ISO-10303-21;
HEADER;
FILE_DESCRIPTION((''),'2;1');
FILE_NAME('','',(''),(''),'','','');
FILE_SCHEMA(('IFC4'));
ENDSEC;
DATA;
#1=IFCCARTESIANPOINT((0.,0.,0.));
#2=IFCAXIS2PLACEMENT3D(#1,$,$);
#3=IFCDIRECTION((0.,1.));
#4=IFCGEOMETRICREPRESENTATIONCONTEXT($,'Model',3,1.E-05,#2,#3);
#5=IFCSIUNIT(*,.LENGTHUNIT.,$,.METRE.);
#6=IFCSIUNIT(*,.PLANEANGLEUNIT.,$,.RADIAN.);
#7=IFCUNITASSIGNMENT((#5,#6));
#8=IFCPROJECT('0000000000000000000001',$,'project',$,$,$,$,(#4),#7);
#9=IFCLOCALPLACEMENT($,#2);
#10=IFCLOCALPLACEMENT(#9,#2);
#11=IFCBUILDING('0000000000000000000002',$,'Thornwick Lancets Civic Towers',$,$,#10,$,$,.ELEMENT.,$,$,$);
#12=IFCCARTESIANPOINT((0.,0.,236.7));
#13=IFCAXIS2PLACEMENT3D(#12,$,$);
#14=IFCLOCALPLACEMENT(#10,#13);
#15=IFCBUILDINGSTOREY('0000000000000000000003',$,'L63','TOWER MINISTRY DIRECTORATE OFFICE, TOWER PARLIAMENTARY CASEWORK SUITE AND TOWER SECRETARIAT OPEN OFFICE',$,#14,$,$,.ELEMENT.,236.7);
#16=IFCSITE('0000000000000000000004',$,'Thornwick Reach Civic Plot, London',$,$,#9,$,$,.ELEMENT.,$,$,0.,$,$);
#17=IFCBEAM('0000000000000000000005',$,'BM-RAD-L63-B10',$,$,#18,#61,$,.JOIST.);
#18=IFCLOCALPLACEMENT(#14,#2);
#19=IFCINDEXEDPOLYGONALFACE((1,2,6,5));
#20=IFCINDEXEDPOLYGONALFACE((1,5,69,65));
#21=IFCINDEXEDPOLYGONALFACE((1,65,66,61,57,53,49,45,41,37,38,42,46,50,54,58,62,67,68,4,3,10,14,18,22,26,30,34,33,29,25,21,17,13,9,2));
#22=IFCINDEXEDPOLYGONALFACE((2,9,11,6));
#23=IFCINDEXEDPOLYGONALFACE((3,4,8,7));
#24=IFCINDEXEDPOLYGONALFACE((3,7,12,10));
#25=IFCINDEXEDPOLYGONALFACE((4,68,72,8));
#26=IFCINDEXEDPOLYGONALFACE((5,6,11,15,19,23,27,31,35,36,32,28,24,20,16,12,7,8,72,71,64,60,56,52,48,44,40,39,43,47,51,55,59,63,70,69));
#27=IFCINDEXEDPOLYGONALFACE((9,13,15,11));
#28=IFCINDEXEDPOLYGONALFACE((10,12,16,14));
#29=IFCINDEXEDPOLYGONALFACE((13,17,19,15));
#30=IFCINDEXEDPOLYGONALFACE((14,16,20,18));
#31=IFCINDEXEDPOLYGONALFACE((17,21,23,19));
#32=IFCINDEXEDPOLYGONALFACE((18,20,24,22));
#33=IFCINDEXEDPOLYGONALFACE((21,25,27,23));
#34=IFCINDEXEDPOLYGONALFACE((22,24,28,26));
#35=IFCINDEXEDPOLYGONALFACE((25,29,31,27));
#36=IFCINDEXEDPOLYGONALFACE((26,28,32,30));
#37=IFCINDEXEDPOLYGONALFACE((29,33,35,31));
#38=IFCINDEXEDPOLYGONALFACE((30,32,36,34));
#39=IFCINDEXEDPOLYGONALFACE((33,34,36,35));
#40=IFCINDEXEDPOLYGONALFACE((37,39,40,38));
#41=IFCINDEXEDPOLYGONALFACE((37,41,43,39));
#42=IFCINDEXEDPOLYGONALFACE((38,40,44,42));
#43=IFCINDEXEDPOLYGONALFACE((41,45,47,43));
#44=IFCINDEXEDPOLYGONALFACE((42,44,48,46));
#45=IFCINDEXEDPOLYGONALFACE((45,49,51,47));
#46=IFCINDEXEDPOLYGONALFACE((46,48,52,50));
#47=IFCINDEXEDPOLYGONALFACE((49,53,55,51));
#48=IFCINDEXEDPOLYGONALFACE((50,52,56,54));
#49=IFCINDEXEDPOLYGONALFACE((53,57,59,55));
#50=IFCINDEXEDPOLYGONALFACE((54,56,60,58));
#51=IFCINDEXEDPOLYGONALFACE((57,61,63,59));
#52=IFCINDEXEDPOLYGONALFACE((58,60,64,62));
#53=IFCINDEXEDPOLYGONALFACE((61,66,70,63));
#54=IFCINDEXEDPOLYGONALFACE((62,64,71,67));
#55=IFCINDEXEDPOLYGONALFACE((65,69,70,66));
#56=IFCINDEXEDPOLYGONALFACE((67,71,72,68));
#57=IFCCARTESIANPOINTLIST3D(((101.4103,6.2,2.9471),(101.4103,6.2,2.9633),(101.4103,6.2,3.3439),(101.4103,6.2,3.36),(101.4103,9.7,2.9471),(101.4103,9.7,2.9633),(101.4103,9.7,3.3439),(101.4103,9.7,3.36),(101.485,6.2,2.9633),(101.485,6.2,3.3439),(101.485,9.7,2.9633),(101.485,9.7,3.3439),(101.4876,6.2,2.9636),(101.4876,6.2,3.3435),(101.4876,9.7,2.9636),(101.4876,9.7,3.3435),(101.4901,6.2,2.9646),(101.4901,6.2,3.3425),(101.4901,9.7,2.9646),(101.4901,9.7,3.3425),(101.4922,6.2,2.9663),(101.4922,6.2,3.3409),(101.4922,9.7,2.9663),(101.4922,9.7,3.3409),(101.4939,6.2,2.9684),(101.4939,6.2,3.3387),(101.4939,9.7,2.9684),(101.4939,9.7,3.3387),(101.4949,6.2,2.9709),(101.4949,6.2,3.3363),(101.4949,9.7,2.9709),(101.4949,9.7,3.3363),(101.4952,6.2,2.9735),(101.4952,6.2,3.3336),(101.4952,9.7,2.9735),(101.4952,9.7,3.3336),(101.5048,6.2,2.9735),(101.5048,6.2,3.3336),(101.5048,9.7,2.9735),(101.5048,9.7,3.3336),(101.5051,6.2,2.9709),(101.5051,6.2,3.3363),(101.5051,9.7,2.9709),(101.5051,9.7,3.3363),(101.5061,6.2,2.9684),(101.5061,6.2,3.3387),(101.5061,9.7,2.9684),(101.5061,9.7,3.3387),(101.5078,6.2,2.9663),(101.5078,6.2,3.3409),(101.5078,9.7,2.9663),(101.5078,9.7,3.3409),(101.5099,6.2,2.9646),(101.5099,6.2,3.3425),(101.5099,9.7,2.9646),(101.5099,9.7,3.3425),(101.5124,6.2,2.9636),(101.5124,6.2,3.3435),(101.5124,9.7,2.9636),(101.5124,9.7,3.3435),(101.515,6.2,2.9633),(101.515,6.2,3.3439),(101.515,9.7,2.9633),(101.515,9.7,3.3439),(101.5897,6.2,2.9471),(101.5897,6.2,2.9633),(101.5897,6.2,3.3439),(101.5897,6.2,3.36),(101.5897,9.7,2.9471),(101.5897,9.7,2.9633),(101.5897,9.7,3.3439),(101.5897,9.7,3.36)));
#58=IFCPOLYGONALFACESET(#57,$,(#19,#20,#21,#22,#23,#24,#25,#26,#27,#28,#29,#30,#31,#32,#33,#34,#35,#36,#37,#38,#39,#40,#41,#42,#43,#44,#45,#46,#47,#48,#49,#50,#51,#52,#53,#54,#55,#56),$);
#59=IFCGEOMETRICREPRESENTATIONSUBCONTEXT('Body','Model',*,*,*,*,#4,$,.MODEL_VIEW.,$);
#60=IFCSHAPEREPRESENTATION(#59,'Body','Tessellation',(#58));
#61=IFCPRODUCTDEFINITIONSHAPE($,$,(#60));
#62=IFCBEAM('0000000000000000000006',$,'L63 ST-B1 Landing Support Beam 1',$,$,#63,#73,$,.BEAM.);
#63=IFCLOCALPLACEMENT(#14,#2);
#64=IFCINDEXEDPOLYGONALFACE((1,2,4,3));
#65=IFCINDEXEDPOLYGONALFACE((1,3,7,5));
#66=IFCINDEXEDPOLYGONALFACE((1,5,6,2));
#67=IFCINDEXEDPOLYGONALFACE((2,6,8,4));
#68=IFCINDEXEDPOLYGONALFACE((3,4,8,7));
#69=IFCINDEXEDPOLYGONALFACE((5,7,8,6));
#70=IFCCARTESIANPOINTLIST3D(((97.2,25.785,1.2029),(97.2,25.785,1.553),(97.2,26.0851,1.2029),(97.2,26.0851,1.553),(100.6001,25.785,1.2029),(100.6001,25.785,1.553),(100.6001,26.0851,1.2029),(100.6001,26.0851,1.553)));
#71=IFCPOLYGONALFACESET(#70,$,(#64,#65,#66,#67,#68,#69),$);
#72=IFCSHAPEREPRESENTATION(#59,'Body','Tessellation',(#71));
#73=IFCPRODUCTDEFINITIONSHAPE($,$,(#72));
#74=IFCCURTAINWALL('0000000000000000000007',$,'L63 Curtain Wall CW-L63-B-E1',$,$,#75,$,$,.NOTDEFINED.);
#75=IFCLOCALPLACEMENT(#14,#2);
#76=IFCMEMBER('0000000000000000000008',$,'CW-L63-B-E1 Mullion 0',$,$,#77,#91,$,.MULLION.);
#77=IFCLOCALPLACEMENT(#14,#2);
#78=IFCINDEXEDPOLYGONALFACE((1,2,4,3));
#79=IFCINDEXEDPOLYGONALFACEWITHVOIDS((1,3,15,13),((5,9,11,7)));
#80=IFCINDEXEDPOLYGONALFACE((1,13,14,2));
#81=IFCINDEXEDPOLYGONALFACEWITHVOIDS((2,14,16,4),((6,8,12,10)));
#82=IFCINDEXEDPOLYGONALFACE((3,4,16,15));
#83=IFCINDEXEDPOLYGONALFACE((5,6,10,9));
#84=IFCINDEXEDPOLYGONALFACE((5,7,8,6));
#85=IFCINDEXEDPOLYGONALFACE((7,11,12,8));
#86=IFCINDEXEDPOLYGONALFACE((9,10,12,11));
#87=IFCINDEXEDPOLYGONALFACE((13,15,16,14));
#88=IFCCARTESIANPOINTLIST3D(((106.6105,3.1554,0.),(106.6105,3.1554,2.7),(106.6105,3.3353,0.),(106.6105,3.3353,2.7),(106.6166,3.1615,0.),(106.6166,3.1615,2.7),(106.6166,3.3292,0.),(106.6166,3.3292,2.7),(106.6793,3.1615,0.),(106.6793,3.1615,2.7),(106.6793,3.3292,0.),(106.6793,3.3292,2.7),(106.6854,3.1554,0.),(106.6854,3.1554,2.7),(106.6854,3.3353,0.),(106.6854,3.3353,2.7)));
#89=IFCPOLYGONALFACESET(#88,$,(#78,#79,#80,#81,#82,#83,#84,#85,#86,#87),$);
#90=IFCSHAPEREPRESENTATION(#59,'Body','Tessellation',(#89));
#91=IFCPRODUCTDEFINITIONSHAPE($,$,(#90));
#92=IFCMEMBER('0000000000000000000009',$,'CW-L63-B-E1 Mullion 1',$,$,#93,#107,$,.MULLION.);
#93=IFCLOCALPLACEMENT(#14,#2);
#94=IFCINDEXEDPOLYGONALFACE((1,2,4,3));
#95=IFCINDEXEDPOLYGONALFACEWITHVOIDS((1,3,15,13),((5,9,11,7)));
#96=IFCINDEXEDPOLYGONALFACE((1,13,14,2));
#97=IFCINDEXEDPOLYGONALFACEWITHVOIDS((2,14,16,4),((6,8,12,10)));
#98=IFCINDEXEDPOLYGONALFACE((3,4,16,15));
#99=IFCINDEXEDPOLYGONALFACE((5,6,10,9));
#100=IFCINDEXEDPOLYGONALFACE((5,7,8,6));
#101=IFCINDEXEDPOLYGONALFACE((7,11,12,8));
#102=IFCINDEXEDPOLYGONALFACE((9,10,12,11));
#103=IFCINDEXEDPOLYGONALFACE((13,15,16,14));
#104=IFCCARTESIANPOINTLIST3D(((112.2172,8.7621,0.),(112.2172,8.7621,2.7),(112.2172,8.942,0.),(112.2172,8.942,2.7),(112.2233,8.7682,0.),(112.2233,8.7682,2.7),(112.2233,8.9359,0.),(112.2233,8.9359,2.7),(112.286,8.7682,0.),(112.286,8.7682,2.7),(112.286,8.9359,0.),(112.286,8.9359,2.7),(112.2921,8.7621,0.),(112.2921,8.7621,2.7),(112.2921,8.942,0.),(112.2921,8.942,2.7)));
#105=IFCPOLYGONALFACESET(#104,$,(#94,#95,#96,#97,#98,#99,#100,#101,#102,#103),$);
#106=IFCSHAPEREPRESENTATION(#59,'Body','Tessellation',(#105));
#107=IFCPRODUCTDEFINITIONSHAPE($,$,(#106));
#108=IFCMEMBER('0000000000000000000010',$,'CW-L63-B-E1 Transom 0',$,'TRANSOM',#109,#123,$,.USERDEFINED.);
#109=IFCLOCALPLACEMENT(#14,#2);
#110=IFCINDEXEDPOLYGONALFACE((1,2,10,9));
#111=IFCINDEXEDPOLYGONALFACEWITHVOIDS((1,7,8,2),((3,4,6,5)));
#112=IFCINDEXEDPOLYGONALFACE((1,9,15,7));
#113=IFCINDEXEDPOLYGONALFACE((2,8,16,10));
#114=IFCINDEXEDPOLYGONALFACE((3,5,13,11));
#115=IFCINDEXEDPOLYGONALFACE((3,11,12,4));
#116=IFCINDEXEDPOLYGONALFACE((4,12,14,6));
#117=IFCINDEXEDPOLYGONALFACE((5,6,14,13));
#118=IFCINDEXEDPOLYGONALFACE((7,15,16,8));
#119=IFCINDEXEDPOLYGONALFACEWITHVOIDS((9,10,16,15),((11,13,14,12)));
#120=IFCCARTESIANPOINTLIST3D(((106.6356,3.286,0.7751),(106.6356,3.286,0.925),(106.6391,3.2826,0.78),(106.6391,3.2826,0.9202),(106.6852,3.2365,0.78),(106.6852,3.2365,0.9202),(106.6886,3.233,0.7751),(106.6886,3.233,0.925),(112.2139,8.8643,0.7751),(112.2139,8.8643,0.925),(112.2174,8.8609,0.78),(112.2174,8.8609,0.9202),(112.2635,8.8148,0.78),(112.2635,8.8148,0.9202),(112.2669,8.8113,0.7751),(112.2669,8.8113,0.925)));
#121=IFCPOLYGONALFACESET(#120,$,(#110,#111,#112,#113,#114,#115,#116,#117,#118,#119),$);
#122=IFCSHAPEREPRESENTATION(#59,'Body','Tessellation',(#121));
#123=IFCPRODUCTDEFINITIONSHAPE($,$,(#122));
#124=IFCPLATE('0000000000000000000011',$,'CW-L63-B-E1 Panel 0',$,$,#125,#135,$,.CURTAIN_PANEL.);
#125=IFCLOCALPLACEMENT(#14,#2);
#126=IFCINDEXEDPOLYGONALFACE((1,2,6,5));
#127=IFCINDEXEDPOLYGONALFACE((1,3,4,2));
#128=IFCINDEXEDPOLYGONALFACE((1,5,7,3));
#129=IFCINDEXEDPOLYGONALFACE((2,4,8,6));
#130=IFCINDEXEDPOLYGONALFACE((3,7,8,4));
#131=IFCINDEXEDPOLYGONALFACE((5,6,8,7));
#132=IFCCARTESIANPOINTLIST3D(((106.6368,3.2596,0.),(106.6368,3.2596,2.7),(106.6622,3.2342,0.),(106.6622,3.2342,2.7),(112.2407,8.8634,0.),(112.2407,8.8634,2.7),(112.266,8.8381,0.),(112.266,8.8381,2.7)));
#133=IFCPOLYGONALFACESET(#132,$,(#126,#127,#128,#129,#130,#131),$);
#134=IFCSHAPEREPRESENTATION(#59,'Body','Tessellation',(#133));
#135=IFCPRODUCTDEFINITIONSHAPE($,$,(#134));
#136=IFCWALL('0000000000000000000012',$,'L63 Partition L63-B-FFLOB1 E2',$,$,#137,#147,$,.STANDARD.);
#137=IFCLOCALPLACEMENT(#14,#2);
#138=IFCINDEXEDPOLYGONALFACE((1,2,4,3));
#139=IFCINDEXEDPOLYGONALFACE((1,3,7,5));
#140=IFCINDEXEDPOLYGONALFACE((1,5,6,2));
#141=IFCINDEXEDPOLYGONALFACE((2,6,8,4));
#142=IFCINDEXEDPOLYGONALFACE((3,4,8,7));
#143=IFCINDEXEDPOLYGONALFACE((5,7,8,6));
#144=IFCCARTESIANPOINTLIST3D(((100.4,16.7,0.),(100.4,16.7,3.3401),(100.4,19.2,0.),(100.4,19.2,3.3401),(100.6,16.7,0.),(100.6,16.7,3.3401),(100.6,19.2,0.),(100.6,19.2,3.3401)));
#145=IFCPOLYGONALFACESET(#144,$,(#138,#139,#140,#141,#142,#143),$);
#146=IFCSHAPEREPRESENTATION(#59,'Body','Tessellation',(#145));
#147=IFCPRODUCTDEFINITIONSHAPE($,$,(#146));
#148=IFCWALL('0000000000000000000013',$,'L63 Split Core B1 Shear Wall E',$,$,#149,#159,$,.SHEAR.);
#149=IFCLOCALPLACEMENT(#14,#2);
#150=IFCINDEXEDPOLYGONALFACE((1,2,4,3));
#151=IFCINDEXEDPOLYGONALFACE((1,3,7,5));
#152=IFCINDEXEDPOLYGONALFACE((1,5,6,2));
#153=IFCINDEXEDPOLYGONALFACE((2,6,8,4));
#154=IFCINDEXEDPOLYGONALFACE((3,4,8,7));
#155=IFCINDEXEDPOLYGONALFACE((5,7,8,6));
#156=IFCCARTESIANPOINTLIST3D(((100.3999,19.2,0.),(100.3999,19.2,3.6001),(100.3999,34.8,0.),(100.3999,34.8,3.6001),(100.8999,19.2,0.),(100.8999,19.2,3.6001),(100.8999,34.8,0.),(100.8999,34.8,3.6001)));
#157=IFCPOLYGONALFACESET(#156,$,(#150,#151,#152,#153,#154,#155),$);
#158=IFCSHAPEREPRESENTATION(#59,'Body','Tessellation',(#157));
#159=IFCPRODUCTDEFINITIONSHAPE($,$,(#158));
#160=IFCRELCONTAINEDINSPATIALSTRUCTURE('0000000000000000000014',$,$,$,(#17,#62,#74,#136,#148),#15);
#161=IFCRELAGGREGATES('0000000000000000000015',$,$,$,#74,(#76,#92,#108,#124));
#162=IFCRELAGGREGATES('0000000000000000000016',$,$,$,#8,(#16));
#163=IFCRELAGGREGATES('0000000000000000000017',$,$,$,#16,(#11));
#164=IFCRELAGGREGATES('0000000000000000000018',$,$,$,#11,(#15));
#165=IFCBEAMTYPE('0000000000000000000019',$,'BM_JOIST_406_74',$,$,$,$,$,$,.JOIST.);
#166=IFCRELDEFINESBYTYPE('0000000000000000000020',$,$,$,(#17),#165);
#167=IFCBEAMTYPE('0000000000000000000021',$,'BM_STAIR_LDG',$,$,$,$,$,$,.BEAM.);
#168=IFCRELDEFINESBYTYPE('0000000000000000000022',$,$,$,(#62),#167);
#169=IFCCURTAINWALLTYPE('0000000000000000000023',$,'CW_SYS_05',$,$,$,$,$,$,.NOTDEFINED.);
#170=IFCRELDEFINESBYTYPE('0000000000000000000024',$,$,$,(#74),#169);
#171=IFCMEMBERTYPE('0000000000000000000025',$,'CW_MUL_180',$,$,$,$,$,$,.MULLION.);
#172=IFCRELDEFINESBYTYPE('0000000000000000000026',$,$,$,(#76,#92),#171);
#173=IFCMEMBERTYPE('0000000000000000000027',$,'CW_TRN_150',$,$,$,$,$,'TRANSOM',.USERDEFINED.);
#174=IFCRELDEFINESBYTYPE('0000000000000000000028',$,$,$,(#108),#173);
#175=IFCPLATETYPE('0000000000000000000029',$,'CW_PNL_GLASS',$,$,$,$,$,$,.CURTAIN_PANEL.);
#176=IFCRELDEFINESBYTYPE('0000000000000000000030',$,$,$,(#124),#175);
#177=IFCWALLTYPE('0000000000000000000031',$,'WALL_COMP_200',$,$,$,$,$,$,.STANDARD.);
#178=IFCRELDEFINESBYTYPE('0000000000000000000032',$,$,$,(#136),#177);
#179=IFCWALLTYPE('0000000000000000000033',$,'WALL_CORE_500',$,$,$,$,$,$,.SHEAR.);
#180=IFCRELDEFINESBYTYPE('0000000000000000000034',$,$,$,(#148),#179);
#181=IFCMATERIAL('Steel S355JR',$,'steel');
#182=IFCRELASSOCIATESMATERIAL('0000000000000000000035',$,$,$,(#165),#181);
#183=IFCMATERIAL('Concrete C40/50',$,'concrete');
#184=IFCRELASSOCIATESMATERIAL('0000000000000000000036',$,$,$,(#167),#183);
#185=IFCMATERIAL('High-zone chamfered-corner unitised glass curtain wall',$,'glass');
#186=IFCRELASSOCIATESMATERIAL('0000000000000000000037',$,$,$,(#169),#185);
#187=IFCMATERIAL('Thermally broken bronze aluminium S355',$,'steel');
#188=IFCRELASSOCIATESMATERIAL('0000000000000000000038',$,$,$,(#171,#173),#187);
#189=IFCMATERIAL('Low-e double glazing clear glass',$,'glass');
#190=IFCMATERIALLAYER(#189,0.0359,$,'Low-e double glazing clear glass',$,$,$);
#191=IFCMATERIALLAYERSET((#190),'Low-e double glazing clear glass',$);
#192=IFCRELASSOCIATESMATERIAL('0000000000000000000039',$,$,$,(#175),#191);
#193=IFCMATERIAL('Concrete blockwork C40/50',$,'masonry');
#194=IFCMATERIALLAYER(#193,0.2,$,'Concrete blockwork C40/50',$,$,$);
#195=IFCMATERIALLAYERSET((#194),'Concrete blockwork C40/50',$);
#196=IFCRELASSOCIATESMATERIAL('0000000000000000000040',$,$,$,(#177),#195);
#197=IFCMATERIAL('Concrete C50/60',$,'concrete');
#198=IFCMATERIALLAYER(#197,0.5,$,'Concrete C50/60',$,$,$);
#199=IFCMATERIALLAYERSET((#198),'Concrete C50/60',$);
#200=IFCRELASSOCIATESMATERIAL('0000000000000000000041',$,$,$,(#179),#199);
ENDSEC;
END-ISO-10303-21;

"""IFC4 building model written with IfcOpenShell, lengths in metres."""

from ifc_helpers import new_model, si_unit, direction, frame, frame_2d, origin, origin_2d, place, context, subcontext, project, spatial, rectangle, hollow_rectangle, i_section, extrude, material, layer, layer_set, material_profile, profile_set, type_object, element, aggregate, save


model = new_model("IFC4")

# Units and contexts
model_context = context("Model", 3, precision=1e-05, world=origin(), true_north=direction((0.0, 1.0)))
body_context = subcontext(model_context, "Body", "Model", "MODEL_VIEW")
ifc_project = project(units=[si_unit("LENGTHUNIT", "METRE"), si_unit("PLANEANGLEUNIT", "RADIAN")], contexts=[model_context])

# Site, building, storey
site_placement = place(None, origin())
site = spatial("IfcSite", under=ifc_project, at=site_placement, Name="Thornwick Reach Civic Plot, London", CompositionType="ELEMENT", RefElevation=0.0)
building_placement = place(site_placement, origin())
building = spatial("IfcBuilding", under=site, at=building_placement, Name="Thornwick Lancets Civic Towers", CompositionType="ELEMENT")
storey_placement = place(building_placement, frame((0.0, 0.0, 236.7)))
storey = spatial("IfcBuildingStorey", under=building, at=storey_placement, Name="L63", Description="TOWER MINISTRY DIRECTORATE OFFICE, TOWER PARLIAMENTARY CASEWORK SUITE AND TOWER SECRETARIAT OPEN OFFICE", CompositionType="ELEMENT", Elevation=236.7)

# Shared definitions
ifc_material_1 = material(Name="Concrete C50/60", Category="concrete")
ifc_material_2 = material(Name="Steel S355JR", Category="steel")

# Beams
ifc_material_profile_1 = material_profile(ifc_material_2, i_section(OverallWidth=0.1794, OverallDepth=0.4128, WebThickness=0.0095, FlangeThickness=0.0161, FilletRadius=0.0103, at=origin_2d()), Name="UKB 406x178x74")
ifc_profile_set_1 = profile_set([ifc_material_profile_1], Name="Steel S355JR")
beam_type_1 = type_object("IfcBeamType", Name="BM_JOIST_406_74", PredefinedType="JOIST", material=ifc_profile_set_1)
for number, where, z_axis, x_axis, name in (
    (1, (101.5, 9.7, 3.1536), (0.0, -1.0, 0.0), (1.0, 0.0, 0.0), "BM-RAD-L63-B10"),
):
    element("IfcBeam", number, at=place(storey_placement, frame(where, z_axis=z_axis, x_axis=x_axis)), inside=storey, type_object=beam_type_1, Name=name, PredefinedType="JOIST", context=body_context, shape_type="SweptSolid", body=[
        extrude(i_section(OverallWidth=0.1794, OverallDepth=0.4128, WebThickness=0.0095, FlangeThickness=0.0161, FilletRadius=0.0103, at=origin_2d()), origin(), (0.0, 0.0, 1.0), 3.5),
    ])
ifc_material_3 = material(Name="Concrete C40/50", Category="concrete")
ifc_material_profile_2 = material_profile(ifc_material_3, rectangle(XDim=0.3, YDim=0.3501, at=origin_2d()), Name="RC 300x350")
ifc_profile_set_2 = profile_set([ifc_material_profile_2], Name="Concrete C40/50")
beam_type_2 = type_object("IfcBeamType", Name="BM_STAIR_LDG", PredefinedType="BEAM", material=ifc_profile_set_2)
beam_placement = place(storey_placement, frame((100.6001, 25.9351, 1.3779), z_axis=(-1.0, 0.0, 0.0), x_axis=(0.0, -1.0, 0.0)))
element("IfcBeam", 2, at=beam_placement, inside=storey, type_object=beam_type_2, Name="L63 ST-B1 Landing Support Beam 1", PredefinedType="BEAM", context=body_context, shape_type="SweptSolid", body=[
    extrude(rectangle(XDim=0.3, YDim=0.3501, at=origin_2d()), origin(), (0.0, 0.0, 1.0), 3.4001),
])

# Curtain wall, members, plate
ifc_material_4 = material(Name="High-zone chamfered-corner unitised glass curtain wall", Category="glass")
curtain_wall_type = type_object("IfcCurtainWallType", Name="CW_SYS_05", PredefinedType="NOTDEFINED", material=ifc_material_4)
curtain_wall_placement = place(storey_placement, origin())
curtain_wall = element("IfcCurtainWall", 3, at=curtain_wall_placement, inside=storey, type_object=curtain_wall_type, Name="L63 Curtain Wall CW-L63-B-E1", PredefinedType="NOTDEFINED")
ifc_material_5 = material(Name="Thermally broken bronze aluminium S355", Category="steel")
ifc_material_profile_3 = material_profile(ifc_material_5, hollow_rectangle(XDim=0.075, YDim=0.1799, WallThickness=0.0061, at=origin_2d()), Name="RHS 180x75x6")
ifc_profile_set_3 = profile_set([ifc_material_profile_3], Name="Thermally broken bronze aluminium S355")
member_type_1 = type_object("IfcMemberType", Name="CW_MUL_180", PredefinedType="MULLION", material=ifc_profile_set_3)
member_1_placement = place(storey_placement, frame((106.6479, 3.2454, 0.0), z_axis=(0.0, 0.0, 1.0), x_axis=(1.0, 0.0, 0.0)))
member_1 = element("IfcMember", 4, at=member_1_placement, type_object=member_type_1, Name="CW-L63-B-E1 Mullion 0", PredefinedType="MULLION", context=body_context, shape_type="SweptSolid", body=[
    extrude(hollow_rectangle(XDim=0.075, YDim=0.1799, WallThickness=0.0061, at=origin_2d()), origin(), (0.0, 0.0, 1.0), 2.7),
])
member_2_placement = place(storey_placement, frame((112.2546, 8.8521, 0.0), z_axis=(0.0, 0.0, 1.0), x_axis=(1.0, 0.0, 0.0)))
member_2 = element("IfcMember", 5, at=member_2_placement, type_object=member_type_1, Name="CW-L63-B-E1 Mullion 1", PredefinedType="MULLION", context=body_context, shape_type="SweptSolid", body=[
    extrude(hollow_rectangle(XDim=0.075, YDim=0.1799, WallThickness=0.0061, at=origin_2d()), origin(), (0.0, 0.0, 1.0), 2.7),
])
ifc_material_profile_4 = material_profile(ifc_material_5, hollow_rectangle(XDim=0.075, YDim=0.1499, WallThickness=0.0049, at=origin_2d()), Name="RHS 150x75x5")
ifc_profile_set_4 = profile_set([ifc_material_profile_4], Name="Thermally broken bronze aluminium S355")
member_type_2 = type_object("IfcMemberType", Name="CW_TRN_150", ElementType="TRANSOM", PredefinedType="USERDEFINED", material=ifc_profile_set_4)
member_3_placement = place(storey_placement, frame((106.6621, 3.2595, 0.8501), z_axis=(0.707107, 0.707107, 0.0), x_axis=(-0.707107, 0.707107, 0.0)))
member_3 = element("IfcMember", 6, at=member_3_placement, type_object=member_type_2, Name="CW-L63-B-E1 Transom 0", ObjectType="TRANSOM", PredefinedType="USERDEFINED", context=body_context, shape_type="SweptSolid", body=[
    extrude(hollow_rectangle(XDim=0.075, YDim=0.1499, WallThickness=0.0049, at=origin_2d()), origin(), (0.0, 0.0, 1.0), 7.8889),
])
ifc_material_6 = material(Name="Low-e double glazing clear glass", Category="glass")
ifc_layer_1 = layer(ifc_material_6, 0.0359, Name="Low-e double glazing clear glass")
ifc_layer_set_1 = layer_set([ifc_layer_1], Name="Low-e double glazing clear glass")
plate_type = type_object("IfcPlateType", Name="CW_PNL_GLASS", PredefinedType="CURTAIN_PANEL", material=ifc_layer_set_1)
plate_placement = place(storey_placement, frame((109.4514, 6.0488, 0.0), z_axis=(0.0, 0.0, 1.0), x_axis=(0.707107, 0.707107, 0.0)))
plate = element("IfcPlate", 7, at=plate_placement, type_object=plate_type, Name="CW-L63-B-E1 Panel 0", PredefinedType="CURTAIN_PANEL", context=body_context, shape_type="SweptSolid", body=[
    extrude(rectangle(XDim=7.925, YDim=0.0359, at=origin_2d()), origin(), (0.0, 0.0, 1.0), 2.7),
])
aggregate(curtain_wall, [member_1, member_2, member_3, plate])

# Walls
ifc_material_7 = material(Name="Concrete blockwork C40/50", Category="masonry")
ifc_layer_2 = layer(ifc_material_7, 0.2, Name="Concrete blockwork C40/50")
ifc_layer_set_2 = layer_set([ifc_layer_2], Name="Concrete blockwork C40/50")
wall_type_1 = type_object("IfcWallType", Name="WALL_COMP_200", PredefinedType="STANDARD", material=ifc_layer_set_2)
wall_1_placement = place(storey_placement, frame((100.5, 16.7, 0.0), z_axis=(0.0, 0.0, 1.0), x_axis=(0.0, 1.0, 0.0)))
element("IfcWall", 8, at=wall_1_placement, inside=storey, type_object=wall_type_1, Name="L63 Partition L63-B-FFLOB1 E2", PredefinedType="STANDARD", context=body_context, shape_type="SweptSolid", body=[
    extrude(rectangle(XDim=2.5, YDim=0.2, at=frame_2d((1.25, 0.0))), origin(), (0.0, 0.0, 1.0), 3.3401),
])
ifc_layer_3 = layer(ifc_material_1, 0.5, Name="Concrete C50/60")
ifc_layer_set_3 = layer_set([ifc_layer_3], Name="Concrete C50/60")
wall_type_2 = type_object("IfcWallType", Name="WALL_CORE_500", PredefinedType="SHEAR", material=ifc_layer_set_3)
wall_2_placement = place(storey_placement, frame((100.6499, 19.2, 0.0), z_axis=(0.0, 0.0, 1.0), x_axis=(0.0, 1.0, 0.0)))
element("IfcWall", 9, at=wall_2_placement, inside=storey, type_object=wall_type_2, Name="L63 Split Core B1 Shear Wall E", PredefinedType="SHEAR", context=body_context, shape_type="SweptSolid", body=[
    extrude(rectangle(XDim=15.6001, YDim=0.5, at=frame_2d((7.8, 0.0))), origin(), (0.0, 0.0, 1.0), 3.6001),
])

save(model, "model.ifc")
